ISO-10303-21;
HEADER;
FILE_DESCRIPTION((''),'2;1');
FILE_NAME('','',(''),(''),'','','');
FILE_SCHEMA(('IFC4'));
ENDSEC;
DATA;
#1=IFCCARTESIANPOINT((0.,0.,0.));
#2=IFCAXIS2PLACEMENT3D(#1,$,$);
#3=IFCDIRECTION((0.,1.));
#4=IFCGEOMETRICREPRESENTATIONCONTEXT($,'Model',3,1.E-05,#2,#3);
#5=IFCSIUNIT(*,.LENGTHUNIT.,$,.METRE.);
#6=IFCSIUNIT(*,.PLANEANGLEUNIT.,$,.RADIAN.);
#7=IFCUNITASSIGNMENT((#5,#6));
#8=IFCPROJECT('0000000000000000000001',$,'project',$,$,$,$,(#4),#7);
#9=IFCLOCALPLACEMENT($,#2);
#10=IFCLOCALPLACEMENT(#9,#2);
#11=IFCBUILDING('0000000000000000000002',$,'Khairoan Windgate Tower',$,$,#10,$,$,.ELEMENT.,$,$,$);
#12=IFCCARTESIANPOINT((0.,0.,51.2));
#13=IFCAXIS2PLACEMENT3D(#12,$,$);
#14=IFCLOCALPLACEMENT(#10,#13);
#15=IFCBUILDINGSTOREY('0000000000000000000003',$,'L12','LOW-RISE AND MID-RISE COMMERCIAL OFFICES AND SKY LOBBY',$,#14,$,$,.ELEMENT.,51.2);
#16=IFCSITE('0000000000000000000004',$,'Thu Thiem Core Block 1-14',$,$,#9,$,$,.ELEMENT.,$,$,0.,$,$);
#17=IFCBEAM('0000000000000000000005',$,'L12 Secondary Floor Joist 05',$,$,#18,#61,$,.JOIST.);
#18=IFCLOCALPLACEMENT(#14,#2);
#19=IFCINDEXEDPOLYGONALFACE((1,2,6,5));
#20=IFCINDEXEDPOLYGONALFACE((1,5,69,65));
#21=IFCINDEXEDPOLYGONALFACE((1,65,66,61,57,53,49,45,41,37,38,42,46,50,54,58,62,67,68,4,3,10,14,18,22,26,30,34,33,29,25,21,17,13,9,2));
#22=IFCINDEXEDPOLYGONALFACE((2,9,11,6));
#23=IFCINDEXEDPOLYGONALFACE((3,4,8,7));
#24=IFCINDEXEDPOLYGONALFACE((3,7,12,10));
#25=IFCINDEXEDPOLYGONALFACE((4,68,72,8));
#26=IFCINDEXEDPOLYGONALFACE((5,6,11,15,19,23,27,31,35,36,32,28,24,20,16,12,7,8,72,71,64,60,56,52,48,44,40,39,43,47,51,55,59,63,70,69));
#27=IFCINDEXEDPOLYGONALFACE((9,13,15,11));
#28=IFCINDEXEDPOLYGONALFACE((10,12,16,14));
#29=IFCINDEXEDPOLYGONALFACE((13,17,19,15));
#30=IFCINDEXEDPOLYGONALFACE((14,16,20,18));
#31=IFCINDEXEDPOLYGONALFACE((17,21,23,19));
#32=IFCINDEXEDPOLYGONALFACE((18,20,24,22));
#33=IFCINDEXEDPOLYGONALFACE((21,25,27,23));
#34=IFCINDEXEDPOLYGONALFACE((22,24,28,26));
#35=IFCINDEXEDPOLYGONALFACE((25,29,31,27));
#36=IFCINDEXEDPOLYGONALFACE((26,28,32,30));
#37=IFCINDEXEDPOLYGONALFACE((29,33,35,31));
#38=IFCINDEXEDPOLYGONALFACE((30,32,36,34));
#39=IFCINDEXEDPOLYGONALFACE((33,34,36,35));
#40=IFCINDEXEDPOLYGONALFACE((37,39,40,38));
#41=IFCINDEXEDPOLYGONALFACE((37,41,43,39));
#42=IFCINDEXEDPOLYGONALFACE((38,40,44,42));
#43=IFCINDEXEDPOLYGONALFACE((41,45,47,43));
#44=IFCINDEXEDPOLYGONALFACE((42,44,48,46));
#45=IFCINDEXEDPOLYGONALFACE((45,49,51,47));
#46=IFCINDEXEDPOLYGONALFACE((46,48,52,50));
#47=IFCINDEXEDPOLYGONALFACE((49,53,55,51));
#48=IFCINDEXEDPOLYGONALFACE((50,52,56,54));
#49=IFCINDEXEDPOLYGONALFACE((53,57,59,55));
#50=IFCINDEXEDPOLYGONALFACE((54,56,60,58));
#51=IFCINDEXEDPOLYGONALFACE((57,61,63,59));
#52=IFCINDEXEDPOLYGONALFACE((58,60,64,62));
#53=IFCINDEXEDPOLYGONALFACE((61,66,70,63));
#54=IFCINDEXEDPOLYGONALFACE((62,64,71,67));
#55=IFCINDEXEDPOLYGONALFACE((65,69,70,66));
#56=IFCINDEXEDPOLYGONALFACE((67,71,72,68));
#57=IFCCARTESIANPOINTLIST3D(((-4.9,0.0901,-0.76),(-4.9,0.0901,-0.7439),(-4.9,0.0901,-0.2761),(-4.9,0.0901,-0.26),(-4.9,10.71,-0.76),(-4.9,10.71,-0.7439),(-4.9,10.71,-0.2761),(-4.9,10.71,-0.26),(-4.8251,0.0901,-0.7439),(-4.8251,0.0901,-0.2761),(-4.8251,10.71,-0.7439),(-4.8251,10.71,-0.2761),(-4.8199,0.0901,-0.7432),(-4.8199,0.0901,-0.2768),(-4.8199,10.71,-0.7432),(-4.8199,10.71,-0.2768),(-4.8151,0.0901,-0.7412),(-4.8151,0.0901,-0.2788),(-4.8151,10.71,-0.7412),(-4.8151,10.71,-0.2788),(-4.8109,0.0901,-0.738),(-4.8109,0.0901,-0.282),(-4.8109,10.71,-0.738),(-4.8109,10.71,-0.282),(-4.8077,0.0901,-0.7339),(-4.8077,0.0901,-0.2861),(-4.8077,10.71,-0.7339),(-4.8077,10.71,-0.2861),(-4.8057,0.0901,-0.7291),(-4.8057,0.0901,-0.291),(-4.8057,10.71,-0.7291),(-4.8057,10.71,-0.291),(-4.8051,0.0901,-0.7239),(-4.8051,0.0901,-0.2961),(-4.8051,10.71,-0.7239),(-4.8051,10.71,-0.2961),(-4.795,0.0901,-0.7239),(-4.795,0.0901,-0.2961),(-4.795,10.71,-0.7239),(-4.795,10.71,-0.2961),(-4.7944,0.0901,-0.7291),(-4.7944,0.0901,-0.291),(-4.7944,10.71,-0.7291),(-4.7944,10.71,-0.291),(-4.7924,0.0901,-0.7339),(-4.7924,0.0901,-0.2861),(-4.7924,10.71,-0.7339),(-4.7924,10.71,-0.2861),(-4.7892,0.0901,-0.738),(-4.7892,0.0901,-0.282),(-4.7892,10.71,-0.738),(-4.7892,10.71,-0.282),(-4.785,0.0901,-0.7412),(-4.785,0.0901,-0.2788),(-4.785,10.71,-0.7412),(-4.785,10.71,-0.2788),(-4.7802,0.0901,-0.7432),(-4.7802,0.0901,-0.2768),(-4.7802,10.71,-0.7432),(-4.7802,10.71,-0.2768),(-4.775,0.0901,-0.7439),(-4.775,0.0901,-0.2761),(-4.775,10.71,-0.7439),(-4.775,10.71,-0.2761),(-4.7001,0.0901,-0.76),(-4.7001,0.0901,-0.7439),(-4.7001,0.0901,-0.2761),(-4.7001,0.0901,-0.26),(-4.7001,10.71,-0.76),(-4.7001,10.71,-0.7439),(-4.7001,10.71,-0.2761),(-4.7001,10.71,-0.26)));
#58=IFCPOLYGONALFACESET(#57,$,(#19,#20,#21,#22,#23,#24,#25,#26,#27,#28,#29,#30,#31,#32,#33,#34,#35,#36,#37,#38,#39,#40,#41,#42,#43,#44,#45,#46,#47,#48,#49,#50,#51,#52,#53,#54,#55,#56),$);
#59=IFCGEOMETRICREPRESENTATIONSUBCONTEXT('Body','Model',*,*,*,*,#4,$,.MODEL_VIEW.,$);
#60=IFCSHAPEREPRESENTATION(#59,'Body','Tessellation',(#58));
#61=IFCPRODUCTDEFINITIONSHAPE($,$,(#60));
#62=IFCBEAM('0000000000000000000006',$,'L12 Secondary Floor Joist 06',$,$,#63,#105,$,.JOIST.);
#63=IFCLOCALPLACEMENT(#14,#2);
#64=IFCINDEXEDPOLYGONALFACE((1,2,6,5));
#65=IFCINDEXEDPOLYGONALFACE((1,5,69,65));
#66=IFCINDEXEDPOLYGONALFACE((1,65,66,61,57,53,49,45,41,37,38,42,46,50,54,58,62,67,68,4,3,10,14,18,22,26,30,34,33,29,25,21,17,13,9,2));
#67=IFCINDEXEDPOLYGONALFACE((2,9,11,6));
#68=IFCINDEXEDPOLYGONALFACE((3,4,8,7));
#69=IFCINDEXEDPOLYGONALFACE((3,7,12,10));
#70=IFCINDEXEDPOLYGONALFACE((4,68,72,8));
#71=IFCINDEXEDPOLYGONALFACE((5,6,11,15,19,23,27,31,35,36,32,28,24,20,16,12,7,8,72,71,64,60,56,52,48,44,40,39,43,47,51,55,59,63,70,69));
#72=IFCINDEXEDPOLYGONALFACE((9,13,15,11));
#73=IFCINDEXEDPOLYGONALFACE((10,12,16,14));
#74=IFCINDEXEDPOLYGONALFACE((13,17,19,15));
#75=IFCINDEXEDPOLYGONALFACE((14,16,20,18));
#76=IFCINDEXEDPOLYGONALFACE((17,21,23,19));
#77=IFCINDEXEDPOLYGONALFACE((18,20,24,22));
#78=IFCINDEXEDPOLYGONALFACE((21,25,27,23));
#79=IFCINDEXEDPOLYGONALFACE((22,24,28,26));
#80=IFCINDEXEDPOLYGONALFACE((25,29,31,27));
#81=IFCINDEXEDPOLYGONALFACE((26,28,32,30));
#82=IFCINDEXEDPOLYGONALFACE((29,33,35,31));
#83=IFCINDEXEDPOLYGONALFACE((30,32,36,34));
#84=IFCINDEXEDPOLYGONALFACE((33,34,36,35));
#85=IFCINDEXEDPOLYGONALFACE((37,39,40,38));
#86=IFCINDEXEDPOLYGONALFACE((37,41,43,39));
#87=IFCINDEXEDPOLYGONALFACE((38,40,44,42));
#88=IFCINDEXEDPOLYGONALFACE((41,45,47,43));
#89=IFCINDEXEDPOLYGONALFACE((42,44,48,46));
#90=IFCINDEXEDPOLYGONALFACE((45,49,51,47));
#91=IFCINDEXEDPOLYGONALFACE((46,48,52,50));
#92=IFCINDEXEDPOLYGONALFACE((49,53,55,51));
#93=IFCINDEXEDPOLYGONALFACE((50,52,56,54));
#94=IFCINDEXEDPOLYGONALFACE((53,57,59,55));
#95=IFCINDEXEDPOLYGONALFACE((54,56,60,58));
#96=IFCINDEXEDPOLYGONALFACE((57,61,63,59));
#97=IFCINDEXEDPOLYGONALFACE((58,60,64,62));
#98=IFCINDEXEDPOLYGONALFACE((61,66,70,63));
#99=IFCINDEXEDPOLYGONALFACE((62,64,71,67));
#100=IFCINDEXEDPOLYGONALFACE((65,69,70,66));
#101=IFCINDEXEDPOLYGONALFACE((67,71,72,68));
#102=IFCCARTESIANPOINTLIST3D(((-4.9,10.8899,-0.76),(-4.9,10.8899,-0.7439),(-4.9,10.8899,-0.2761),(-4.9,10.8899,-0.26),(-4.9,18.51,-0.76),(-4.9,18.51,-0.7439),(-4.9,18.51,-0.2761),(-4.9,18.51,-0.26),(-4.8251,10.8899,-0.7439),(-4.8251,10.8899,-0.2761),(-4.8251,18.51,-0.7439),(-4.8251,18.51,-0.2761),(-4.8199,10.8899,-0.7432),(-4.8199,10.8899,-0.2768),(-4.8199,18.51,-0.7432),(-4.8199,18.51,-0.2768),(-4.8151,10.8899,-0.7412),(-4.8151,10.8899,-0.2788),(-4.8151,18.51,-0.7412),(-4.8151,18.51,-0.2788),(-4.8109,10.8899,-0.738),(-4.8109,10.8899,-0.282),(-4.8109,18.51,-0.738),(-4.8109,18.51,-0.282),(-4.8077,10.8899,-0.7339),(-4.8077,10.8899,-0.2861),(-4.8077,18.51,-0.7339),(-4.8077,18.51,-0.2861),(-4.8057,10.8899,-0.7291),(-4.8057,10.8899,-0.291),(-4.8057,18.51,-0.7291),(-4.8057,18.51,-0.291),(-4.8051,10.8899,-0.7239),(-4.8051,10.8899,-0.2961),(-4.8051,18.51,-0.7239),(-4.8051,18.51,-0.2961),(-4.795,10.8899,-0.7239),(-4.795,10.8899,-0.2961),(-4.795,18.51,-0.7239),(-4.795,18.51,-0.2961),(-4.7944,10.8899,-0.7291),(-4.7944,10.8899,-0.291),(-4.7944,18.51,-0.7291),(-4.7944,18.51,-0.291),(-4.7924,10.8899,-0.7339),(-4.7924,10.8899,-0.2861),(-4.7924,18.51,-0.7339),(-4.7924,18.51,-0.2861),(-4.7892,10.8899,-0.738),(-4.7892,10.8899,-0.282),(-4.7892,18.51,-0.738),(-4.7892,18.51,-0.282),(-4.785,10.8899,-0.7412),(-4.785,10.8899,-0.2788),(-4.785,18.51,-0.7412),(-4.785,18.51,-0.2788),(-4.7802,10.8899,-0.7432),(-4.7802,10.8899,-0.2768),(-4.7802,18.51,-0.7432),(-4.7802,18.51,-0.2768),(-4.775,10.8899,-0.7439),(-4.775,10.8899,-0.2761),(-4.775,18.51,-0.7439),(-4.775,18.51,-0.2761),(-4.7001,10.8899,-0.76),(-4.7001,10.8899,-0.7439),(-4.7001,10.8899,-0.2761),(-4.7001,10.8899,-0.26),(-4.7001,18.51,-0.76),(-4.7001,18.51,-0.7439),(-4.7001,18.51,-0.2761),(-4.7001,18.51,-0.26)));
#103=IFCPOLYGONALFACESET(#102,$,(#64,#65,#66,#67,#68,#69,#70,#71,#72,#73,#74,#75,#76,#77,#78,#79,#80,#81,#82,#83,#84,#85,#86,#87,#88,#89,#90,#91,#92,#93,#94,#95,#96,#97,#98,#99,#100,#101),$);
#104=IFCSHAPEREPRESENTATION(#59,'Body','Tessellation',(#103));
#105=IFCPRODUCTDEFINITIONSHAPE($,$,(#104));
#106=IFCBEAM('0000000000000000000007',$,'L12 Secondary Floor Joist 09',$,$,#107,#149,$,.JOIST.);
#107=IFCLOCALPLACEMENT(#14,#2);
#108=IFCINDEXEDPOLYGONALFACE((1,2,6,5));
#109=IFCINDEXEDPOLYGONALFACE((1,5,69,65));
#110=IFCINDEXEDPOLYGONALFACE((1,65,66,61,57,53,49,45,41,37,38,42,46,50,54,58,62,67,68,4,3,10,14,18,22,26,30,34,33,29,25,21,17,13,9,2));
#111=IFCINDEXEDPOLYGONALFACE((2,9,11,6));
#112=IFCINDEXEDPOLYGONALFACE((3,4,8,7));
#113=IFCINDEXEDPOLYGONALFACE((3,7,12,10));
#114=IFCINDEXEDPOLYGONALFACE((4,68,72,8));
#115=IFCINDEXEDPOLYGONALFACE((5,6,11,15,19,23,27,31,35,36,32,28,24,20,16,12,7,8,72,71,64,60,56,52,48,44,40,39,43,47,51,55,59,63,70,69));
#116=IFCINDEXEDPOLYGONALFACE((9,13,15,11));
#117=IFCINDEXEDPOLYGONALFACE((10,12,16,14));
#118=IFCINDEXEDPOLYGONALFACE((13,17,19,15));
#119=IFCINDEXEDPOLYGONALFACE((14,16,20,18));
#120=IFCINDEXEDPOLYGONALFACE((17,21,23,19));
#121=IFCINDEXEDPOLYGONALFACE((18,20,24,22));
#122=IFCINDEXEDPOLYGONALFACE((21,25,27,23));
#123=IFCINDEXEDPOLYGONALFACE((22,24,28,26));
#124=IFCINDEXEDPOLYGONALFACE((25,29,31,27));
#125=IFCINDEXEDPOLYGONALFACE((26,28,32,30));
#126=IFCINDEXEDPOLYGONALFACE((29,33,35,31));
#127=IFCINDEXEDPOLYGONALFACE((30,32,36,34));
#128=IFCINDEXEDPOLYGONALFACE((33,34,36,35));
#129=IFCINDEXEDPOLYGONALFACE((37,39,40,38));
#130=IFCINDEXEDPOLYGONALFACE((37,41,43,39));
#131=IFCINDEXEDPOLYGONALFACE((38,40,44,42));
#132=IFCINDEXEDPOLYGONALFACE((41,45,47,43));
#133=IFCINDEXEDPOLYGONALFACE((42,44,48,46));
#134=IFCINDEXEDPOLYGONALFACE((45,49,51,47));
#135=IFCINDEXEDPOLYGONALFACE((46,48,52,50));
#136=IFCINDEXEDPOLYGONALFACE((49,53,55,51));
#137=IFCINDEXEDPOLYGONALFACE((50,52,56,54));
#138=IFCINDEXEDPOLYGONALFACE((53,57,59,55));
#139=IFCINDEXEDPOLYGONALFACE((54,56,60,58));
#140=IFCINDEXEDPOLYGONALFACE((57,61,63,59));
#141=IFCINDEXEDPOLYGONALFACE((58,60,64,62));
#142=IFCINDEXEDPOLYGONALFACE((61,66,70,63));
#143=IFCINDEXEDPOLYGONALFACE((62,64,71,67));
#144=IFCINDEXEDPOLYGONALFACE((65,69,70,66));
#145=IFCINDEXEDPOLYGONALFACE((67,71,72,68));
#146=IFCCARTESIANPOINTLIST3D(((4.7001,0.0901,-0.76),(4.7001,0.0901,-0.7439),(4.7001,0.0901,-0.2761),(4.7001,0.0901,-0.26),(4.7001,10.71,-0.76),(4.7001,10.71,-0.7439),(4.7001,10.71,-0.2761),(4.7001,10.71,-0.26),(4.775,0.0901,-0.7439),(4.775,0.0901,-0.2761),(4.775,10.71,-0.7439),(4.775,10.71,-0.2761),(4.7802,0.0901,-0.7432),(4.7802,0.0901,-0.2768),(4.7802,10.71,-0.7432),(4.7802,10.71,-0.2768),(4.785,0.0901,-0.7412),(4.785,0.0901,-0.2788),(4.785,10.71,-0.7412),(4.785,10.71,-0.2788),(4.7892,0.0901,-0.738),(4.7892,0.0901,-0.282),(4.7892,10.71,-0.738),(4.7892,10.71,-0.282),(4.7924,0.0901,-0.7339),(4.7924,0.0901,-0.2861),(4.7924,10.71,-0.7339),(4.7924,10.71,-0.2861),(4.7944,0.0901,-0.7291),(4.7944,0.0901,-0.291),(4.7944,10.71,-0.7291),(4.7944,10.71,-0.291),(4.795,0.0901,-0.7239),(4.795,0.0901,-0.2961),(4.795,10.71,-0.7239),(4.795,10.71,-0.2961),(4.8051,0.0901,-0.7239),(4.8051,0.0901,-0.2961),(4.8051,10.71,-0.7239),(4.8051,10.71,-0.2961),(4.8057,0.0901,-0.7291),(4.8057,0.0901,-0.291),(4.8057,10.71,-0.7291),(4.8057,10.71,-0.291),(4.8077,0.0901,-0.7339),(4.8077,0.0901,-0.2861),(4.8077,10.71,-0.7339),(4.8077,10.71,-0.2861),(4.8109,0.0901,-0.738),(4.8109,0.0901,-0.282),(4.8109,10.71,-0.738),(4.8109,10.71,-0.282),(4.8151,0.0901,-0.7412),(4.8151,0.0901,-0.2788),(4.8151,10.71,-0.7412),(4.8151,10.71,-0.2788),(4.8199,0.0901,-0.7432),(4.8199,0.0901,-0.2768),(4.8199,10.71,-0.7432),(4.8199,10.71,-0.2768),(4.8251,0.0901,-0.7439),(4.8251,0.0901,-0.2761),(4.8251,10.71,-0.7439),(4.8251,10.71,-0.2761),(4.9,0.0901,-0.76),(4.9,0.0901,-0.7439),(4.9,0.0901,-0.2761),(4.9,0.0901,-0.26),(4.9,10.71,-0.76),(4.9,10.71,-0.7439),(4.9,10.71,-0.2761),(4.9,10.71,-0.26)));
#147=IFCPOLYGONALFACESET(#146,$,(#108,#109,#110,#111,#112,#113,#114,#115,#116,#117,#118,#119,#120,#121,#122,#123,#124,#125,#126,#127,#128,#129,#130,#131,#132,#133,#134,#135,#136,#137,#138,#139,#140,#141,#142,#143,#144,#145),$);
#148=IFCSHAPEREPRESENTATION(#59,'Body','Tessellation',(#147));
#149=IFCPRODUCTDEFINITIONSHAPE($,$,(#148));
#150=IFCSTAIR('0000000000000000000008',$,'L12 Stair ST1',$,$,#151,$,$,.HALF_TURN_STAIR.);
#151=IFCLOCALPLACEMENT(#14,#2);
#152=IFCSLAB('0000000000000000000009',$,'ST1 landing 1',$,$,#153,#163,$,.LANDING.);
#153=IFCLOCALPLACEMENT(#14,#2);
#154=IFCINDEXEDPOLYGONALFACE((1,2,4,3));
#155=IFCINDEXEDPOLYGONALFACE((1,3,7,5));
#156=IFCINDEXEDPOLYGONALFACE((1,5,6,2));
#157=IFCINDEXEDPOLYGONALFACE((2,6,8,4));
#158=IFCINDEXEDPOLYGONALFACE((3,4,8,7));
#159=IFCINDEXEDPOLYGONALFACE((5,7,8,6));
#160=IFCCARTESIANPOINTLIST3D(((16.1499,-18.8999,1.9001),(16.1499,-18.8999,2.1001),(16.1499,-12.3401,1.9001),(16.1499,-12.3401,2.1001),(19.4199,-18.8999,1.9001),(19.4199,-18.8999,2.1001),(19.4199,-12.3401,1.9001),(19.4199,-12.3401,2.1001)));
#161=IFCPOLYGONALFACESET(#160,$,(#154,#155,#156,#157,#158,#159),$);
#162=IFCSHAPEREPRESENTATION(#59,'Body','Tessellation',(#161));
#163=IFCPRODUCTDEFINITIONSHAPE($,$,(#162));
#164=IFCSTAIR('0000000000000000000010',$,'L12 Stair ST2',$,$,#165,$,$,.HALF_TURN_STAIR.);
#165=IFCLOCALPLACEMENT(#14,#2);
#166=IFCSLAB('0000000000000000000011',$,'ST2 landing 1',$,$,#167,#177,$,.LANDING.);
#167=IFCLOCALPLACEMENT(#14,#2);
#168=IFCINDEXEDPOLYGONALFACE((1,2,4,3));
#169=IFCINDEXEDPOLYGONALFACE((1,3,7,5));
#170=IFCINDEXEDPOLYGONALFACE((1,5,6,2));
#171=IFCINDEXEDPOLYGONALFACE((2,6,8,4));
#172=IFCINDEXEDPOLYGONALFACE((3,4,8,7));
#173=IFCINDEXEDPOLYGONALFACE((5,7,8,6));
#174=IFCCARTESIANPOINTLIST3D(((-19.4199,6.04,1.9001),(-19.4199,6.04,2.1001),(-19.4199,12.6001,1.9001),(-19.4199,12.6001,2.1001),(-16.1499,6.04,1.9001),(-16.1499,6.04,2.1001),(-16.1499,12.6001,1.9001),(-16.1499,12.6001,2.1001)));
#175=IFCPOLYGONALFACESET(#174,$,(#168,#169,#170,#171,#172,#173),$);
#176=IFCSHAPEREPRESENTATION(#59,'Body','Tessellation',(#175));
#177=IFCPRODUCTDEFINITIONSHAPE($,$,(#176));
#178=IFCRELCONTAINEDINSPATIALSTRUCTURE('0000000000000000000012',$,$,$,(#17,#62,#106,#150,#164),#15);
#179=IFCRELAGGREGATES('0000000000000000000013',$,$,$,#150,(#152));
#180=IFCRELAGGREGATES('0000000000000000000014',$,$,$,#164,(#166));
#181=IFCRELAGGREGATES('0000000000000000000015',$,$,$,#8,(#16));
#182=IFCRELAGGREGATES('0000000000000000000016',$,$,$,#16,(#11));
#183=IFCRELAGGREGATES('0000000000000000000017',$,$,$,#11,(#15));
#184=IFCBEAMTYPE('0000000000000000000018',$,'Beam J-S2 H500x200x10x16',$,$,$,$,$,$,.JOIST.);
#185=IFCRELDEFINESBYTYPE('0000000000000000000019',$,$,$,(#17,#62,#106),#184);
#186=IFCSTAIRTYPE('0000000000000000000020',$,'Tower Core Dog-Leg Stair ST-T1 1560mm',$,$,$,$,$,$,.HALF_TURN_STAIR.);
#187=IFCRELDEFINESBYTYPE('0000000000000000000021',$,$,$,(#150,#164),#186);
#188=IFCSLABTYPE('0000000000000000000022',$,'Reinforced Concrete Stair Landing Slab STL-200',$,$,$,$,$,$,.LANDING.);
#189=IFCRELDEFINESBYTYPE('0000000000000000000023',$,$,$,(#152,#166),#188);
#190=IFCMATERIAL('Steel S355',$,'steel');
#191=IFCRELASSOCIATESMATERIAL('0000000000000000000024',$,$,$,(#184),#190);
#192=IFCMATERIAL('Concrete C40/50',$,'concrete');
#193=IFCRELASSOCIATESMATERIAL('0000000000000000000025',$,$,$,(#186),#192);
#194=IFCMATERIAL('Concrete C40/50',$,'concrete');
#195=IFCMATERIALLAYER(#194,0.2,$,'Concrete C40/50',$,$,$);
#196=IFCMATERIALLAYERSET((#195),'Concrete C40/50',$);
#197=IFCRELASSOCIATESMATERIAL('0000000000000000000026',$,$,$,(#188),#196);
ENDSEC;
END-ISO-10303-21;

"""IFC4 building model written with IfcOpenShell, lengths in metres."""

from ifc_helpers import new_model, si_unit, direction, frame, origin, origin_2d, place, context, subcontext, project, spatial, polyline, i_section, outline, extrude, material, layer, layer_set, material_profile, profile_set, type_object, element, aggregate, save


model = new_model("IFC4")

# Units and contexts
model_context = context("Model", 3, precision=1e-05, world=origin(), true_north=direction((0.0, 1.0)))
body_context = subcontext(model_context, "Body", "Model", "MODEL_VIEW")
ifc_project = project(units=[si_unit("LENGTHUNIT", "METRE"), si_unit("PLANEANGLEUNIT", "RADIAN")], contexts=[model_context])

# Site, building, storey
site_placement = place(None, origin())
site = spatial("IfcSite", under=ifc_project, at=site_placement, Name="Thu Thiem Core Block 1-14", CompositionType="ELEMENT", RefElevation=0.0)
building_placement = place(site_placement, origin())
building = spatial("IfcBuilding", under=site, at=building_placement, Name="Khairoan Windgate Tower", CompositionType="ELEMENT")
storey_placement = place(building_placement, frame((0.0, 0.0, 51.2)))
storey = spatial("IfcBuildingStorey", under=building, at=storey_placement, Name="L12", Description="LOW-RISE AND MID-RISE COMMERCIAL OFFICES AND SKY LOBBY", CompositionType="ELEMENT", Elevation=51.2)

# Beams
ifc_material_1 = material(Name="Steel S355", Category="steel")
ifc_material_profile_1 = material_profile(ifc_material_1, i_section(OverallWidth=0.2, OverallDepth=0.5, WebThickness=0.01, FlangeThickness=0.0161, FilletRadius=0.02, at=origin_2d()))
ifc_profile_set_1 = profile_set([ifc_material_profile_1], Name="Steel S355")
beam_type_1 = type_object("IfcBeamType", Name="Beam J-S2 H500x200x10x16", PredefinedType="JOIST", material=ifc_profile_set_1)
beam_1_placement = place(storey_placement, frame((-4.8, 0.0901, -0.51), z_axis=(0.0, 1.0, 0.0), x_axis=(-1.0, 0.0, 0.0)))
element("IfcBeam", 1, at=beam_1_placement, inside=storey, type_object=beam_type_1, Name="L12 Secondary Floor Joist 05", PredefinedType="JOIST", context=body_context, shape_type="SweptSolid", body=[
    extrude(i_section(OverallWidth=0.2, OverallDepth=0.5, WebThickness=0.01, FlangeThickness=0.0161, FilletRadius=0.02, at=origin_2d()), origin(), (0.0, 0.0, 1.0), 10.6199),
])
beam_2_placement = place(storey_placement, frame((-4.8, 10.8899, -0.51), z_axis=(0.0, 1.0, 0.0), x_axis=(-1.0, 0.0, 0.0)))
element("IfcBeam", 2, at=beam_2_placement, inside=storey, type_object=beam_type_1, Name="L12 Secondary Floor Joist 06", PredefinedType="JOIST", context=body_context, shape_type="SweptSolid", body=[
    extrude(i_section(OverallWidth=0.2, OverallDepth=0.5, WebThickness=0.01, FlangeThickness=0.0161, FilletRadius=0.02, at=origin_2d()), origin(), (0.0, 0.0, 1.0), 7.6201),
])
beam_3_placement = place(storey_placement, frame((4.8, 0.0901, -0.51), z_axis=(0.0, 1.0, 0.0), x_axis=(-1.0, 0.0, 0.0)))
element("IfcBeam", 3, at=beam_3_placement, inside=storey, type_object=beam_type_1, Name="L12 Secondary Floor Joist 09", PredefinedType="JOIST", context=body_context, shape_type="SweptSolid", body=[
    extrude(i_section(OverallWidth=0.2, OverallDepth=0.5, WebThickness=0.01, FlangeThickness=0.0161, FilletRadius=0.02, at=origin_2d()), origin(), (0.0, 0.0, 1.0), 10.6199),
])

# Stairs, slabs
ifc_material_2 = material(Name="Concrete C40/50", Category="concrete")
stair_type = type_object("IfcStairType", Name="Tower Core Dog-Leg Stair ST-T1 1560mm", PredefinedType="HALF_TURN_STAIR", material=ifc_material_2)
stair_1_placement = place(storey_placement, origin())
stair_1 = element("IfcStair", 4, at=stair_1_placement, inside=storey, type_object=stair_type, Name="L12 Stair ST1", PredefinedType="HALF_TURN_STAIR")
ifc_material_3 = material(Name="Concrete C40/50", Category="concrete")
ifc_layer_1 = layer(ifc_material_3, 0.2, Name="Concrete C40/50")
ifc_layer_set_1 = layer_set([ifc_layer_1], Name="Concrete C40/50")
slab_type_1 = type_object("IfcSlabType", Name="Reinforced Concrete Stair Landing Slab STL-200", PredefinedType="LANDING", material=ifc_layer_set_1)
slab_1_placement = place(storey_placement, frame((0.0, 0.0, 1.9001)))
slab_1 = element("IfcSlab", 5, at=slab_1_placement, type_object=slab_type_1, Name="ST1 landing 1", PredefinedType="LANDING", context=body_context, shape_type="SweptSolid", body=[
    extrude(outline(polyline([(16.1499, -12.3401), (16.1499, -18.8999), (19.4199, -18.8999), (19.4199, -12.3401), (16.1499, -12.3401)])), origin(), (0.0, 0.0, 1.0), 0.2),
])
aggregate(stair_1, [slab_1])
stair_2_placement = place(storey_placement, origin())
stair_2 = element("IfcStair", 6, at=stair_2_placement, inside=storey, type_object=stair_type, Name="L12 Stair ST2", PredefinedType="HALF_TURN_STAIR")
slab_2_placement = place(storey_placement, frame((0.0, 0.0, 1.9001)))
slab_2 = element("IfcSlab", 7, at=slab_2_placement, type_object=slab_type_1, Name="ST2 landing 1", PredefinedType="LANDING", context=body_context, shape_type="SweptSolid", body=[
    extrude(outline(polyline([(-16.1499, 6.04), (-16.1499, 12.6001), (-19.4199, 12.6001), (-19.4199, 6.04), (-16.1499, 6.04)])), origin(), (0.0, 0.0, 1.0), 0.2),
])
aggregate(stair_2, [slab_2])

save(model, "model.ifc")
